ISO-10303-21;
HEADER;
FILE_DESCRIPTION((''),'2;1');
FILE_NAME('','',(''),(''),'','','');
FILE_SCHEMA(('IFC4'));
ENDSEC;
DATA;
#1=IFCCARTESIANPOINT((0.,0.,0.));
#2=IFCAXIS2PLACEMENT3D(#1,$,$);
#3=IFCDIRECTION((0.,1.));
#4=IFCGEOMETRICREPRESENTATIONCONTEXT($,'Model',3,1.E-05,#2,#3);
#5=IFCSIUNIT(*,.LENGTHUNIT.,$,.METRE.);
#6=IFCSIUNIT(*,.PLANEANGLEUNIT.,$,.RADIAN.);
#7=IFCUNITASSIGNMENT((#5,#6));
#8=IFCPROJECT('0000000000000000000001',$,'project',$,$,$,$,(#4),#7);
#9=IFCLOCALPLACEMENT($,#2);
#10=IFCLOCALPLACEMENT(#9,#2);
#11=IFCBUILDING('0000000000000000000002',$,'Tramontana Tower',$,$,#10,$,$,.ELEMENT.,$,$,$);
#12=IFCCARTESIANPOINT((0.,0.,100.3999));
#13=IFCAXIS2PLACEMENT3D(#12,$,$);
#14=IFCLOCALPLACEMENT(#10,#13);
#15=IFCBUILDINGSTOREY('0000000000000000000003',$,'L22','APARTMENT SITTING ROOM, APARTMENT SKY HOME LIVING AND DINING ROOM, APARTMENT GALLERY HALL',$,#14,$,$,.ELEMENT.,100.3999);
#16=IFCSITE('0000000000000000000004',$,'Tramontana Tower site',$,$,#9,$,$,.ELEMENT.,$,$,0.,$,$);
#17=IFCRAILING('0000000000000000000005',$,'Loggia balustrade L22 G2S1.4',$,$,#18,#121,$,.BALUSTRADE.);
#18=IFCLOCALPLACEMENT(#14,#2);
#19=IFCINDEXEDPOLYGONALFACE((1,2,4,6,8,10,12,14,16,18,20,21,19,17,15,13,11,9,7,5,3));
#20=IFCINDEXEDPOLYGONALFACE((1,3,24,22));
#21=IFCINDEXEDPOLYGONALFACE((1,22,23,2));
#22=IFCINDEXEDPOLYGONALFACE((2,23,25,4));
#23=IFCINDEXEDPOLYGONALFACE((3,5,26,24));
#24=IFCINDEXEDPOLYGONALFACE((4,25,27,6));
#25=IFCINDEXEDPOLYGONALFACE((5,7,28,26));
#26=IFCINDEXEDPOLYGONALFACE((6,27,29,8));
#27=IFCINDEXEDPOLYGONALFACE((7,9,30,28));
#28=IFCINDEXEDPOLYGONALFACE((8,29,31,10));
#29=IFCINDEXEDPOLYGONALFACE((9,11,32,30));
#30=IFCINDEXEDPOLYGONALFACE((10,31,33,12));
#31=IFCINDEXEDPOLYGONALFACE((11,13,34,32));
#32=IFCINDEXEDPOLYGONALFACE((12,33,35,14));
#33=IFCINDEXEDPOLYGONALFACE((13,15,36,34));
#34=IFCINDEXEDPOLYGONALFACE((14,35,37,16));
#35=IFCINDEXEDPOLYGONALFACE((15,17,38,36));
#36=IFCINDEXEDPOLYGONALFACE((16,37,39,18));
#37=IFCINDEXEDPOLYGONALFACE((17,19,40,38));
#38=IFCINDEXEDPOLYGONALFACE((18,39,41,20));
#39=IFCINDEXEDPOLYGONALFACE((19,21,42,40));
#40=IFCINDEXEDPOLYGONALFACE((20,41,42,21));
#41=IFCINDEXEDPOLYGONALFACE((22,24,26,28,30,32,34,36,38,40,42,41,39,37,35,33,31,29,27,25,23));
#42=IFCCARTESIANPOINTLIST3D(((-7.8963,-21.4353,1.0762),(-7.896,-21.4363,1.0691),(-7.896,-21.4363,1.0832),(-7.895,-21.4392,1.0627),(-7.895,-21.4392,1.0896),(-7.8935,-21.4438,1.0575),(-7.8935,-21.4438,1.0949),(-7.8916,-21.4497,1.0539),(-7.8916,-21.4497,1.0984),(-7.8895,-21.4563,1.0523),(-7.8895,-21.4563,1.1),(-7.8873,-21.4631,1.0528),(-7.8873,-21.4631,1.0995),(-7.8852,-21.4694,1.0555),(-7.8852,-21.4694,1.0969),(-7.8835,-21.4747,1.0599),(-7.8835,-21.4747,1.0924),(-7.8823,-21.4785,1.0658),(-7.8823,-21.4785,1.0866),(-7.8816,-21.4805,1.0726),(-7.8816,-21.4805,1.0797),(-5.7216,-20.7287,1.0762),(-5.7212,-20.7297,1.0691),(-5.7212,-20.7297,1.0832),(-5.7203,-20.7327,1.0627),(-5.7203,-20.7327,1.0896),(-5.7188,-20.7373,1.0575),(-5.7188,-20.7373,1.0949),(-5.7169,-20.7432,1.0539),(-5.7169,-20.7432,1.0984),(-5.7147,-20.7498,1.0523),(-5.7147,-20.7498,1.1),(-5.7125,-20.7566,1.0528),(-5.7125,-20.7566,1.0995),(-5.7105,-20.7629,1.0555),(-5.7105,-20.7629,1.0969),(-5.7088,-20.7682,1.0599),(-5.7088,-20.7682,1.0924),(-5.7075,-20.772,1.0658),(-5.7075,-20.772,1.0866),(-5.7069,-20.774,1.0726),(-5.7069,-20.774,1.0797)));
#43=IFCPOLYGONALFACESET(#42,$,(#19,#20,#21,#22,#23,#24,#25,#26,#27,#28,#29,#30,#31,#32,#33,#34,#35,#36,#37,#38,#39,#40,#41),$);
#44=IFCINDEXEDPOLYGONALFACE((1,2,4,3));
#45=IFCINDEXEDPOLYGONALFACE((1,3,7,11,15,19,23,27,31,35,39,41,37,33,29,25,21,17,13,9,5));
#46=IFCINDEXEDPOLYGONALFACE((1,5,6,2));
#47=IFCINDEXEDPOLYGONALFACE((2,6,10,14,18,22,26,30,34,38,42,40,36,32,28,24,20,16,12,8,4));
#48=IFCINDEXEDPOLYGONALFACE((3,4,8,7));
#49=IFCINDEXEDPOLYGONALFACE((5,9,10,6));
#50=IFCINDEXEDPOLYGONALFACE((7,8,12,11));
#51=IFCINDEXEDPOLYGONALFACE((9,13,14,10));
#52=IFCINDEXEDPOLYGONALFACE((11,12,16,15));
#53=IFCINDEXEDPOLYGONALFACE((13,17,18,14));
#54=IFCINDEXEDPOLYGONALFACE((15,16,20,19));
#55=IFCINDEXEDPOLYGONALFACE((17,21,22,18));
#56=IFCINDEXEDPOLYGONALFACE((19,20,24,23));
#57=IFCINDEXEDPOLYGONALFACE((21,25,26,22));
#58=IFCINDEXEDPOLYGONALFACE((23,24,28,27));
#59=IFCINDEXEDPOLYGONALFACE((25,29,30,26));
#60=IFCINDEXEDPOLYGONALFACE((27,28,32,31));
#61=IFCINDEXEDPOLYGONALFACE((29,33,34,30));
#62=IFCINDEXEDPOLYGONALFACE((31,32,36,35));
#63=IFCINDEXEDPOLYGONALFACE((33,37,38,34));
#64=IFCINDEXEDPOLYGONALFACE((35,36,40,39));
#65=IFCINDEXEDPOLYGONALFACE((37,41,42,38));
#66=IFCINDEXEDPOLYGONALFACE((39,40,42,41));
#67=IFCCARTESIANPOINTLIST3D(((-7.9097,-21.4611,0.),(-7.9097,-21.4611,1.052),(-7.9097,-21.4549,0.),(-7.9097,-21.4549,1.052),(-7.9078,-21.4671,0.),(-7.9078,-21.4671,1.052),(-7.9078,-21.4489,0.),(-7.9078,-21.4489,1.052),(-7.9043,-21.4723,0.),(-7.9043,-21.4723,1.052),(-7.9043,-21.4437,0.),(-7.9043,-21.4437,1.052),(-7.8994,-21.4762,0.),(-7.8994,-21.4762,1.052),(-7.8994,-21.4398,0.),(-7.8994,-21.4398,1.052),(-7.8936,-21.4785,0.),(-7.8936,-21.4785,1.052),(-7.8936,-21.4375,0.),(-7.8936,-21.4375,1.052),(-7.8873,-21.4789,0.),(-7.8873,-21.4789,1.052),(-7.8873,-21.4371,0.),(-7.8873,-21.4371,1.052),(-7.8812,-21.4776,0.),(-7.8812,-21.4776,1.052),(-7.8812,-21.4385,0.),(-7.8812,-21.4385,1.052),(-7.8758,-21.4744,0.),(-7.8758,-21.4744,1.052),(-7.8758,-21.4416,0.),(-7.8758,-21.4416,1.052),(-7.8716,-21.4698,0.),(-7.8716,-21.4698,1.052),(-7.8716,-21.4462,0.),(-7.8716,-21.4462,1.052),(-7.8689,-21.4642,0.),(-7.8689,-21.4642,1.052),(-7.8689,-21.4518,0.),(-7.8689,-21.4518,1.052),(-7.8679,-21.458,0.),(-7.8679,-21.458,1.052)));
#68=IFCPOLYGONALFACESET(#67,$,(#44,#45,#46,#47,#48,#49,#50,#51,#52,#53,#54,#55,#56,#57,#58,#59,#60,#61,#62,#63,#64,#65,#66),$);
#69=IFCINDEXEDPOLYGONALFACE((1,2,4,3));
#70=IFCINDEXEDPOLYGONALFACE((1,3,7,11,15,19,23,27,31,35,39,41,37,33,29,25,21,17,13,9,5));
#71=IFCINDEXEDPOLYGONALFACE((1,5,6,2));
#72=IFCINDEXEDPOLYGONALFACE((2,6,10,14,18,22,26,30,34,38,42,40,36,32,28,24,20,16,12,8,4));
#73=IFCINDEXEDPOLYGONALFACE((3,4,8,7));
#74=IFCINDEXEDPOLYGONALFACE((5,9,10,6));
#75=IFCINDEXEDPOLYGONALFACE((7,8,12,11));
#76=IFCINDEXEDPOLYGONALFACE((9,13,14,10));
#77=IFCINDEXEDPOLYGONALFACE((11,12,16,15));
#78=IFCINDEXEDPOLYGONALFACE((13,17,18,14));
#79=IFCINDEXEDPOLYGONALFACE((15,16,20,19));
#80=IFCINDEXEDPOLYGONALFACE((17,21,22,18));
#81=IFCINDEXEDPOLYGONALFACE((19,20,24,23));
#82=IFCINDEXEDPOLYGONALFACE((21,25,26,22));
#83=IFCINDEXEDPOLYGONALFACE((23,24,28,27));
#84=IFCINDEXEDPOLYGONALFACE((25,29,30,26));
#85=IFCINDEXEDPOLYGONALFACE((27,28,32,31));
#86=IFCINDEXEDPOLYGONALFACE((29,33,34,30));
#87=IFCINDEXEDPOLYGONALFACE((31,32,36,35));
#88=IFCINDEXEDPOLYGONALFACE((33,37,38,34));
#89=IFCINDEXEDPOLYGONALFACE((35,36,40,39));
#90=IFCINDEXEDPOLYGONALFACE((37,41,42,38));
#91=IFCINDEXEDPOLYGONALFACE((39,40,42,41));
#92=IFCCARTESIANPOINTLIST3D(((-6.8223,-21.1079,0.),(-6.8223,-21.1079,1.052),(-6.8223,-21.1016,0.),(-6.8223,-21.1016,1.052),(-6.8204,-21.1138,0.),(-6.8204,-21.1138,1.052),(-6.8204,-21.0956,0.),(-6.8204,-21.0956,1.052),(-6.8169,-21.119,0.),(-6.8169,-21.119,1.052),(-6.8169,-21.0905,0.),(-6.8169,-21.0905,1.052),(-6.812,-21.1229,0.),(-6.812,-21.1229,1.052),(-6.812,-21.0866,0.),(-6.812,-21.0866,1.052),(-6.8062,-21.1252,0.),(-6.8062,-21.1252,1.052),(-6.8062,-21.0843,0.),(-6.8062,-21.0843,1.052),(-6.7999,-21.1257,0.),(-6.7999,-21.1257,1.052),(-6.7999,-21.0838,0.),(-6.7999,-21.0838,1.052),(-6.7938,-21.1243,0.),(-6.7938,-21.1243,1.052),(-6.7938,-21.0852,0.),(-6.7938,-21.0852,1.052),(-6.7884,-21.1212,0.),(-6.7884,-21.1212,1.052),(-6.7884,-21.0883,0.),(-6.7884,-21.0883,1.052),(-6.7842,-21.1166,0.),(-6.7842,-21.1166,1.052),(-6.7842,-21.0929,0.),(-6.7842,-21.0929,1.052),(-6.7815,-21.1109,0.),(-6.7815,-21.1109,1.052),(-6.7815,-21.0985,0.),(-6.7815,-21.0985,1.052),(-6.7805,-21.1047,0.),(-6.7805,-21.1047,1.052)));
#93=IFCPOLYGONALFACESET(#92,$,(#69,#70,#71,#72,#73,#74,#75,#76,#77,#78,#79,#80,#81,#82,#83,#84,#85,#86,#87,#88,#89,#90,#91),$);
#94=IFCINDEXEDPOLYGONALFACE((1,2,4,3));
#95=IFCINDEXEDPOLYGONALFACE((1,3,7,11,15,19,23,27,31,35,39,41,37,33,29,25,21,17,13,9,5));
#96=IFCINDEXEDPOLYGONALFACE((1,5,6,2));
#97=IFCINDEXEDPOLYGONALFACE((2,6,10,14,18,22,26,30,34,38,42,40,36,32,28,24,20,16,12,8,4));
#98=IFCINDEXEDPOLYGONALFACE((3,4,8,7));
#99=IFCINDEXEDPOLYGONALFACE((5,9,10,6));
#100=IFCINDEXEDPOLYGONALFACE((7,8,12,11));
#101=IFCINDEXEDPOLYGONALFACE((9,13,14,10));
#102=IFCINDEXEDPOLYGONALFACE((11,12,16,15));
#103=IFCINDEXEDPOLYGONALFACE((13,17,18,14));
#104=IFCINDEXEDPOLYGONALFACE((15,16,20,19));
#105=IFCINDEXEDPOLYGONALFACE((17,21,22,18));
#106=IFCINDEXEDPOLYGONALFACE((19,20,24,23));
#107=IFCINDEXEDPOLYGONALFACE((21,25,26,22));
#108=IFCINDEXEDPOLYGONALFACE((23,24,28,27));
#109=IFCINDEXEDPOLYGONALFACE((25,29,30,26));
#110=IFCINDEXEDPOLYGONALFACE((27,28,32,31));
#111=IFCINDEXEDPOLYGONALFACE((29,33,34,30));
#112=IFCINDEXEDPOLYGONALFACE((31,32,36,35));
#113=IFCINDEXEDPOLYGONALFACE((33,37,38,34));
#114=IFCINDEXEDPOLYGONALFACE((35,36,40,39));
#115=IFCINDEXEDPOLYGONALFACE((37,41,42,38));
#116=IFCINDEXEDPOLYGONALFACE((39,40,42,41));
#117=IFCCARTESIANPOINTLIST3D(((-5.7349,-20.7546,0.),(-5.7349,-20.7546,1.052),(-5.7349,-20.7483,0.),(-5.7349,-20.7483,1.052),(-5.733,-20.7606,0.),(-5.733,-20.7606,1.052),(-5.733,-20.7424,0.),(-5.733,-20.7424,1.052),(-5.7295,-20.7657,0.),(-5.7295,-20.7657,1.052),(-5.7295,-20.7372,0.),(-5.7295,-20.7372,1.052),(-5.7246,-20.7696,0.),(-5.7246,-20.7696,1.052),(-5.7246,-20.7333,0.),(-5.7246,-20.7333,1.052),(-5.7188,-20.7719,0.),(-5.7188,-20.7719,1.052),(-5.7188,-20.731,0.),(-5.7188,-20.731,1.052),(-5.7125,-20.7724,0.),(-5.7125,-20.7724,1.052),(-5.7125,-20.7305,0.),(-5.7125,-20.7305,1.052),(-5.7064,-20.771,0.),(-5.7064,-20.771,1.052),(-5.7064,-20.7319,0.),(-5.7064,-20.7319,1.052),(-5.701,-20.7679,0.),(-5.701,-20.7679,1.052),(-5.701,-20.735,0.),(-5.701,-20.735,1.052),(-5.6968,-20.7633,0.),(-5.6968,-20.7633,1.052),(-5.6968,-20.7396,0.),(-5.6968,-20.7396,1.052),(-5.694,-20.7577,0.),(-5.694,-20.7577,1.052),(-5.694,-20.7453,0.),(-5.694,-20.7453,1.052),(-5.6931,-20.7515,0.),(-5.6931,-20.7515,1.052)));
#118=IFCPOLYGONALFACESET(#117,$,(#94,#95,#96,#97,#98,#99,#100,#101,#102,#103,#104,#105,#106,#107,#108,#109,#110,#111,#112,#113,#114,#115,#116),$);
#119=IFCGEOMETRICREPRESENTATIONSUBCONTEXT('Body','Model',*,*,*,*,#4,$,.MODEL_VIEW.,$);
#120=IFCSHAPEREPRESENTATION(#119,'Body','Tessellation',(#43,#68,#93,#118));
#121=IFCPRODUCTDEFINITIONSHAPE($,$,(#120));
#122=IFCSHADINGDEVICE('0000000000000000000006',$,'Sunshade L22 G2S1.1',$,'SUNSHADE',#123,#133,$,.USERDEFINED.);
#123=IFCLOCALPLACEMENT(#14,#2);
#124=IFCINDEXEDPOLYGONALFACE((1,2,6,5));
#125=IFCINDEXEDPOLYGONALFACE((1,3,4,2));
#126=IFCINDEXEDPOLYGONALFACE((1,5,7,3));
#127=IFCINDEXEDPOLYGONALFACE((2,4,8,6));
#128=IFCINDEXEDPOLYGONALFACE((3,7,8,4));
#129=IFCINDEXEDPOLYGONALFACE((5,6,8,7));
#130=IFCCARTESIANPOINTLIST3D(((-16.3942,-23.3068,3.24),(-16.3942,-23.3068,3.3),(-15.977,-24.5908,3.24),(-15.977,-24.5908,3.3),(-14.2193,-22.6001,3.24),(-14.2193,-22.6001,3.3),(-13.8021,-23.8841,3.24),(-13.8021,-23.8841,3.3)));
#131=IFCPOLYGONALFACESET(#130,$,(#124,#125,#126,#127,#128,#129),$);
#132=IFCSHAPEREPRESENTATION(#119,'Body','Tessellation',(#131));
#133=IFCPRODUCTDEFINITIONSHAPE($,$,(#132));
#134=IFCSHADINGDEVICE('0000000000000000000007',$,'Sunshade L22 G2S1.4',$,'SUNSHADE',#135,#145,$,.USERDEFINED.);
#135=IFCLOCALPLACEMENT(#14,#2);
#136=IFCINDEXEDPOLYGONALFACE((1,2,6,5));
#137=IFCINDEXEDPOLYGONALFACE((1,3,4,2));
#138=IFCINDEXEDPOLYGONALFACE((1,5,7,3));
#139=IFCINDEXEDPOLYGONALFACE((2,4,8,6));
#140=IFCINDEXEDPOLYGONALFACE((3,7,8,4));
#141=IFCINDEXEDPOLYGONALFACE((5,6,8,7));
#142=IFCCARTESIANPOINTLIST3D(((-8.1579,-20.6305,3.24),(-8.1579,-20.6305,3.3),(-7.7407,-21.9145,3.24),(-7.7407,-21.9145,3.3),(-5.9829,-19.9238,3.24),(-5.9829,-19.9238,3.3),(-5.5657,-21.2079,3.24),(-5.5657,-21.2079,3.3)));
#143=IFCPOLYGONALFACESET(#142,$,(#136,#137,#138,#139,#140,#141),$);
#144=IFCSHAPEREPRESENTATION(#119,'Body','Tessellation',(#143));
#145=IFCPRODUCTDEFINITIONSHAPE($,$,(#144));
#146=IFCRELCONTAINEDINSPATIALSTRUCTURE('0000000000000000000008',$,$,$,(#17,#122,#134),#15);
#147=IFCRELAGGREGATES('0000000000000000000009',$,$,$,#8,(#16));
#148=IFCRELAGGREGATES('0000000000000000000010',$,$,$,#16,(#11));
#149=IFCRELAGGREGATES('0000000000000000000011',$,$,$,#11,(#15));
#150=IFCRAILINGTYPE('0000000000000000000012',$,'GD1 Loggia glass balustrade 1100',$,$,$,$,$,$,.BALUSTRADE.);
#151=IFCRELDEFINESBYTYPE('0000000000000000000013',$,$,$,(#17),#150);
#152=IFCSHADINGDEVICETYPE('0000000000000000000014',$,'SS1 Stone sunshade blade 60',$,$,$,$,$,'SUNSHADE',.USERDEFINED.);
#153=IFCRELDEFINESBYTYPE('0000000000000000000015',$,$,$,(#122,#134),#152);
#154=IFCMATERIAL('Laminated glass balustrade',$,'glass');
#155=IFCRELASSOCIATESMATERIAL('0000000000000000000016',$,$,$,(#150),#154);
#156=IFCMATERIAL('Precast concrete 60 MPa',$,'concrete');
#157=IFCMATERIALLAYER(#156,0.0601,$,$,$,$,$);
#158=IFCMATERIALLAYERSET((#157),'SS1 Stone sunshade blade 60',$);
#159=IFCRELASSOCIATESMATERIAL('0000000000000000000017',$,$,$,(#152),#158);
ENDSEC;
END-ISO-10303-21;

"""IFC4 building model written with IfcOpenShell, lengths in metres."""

from ifc_helpers import new_model, si_unit, direction, frame, origin, origin_2d, place, context, subcontext, project, spatial, rectangle, circle, extrude, material, layer, layer_set, type_object, element, save


model = new_model("IFC4")

# Units and contexts
model_context = context("Model", 3, precision=1e-05, world=origin(), true_north=direction((0.0, 1.0)))
body_context = subcontext(model_context, "Body", "Model", "MODEL_VIEW")
ifc_project = project(units=[si_unit("LENGTHUNIT", "METRE"), si_unit("PLANEANGLEUNIT", "RADIAN")], contexts=[model_context])

# Site, building, storey
site_placement = place(None, origin())
site = spatial("IfcSite", under=ifc_project, at=site_placement, Name="Tramontana Tower site", CompositionType="ELEMENT", RefElevation=0.0)
building_placement = place(site_placement, origin())
building = spatial("IfcBuilding", under=site, at=building_placement, Name="Tramontana Tower", CompositionType="ELEMENT")
storey_placement = place(building_placement, frame((0.0, 0.0, 100.3999)))
storey = spatial("IfcBuildingStorey", under=building, at=storey_placement, Name="L22", Description="APARTMENT SITTING ROOM, APARTMENT SKY HOME LIVING AND DINING ROOM, APARTMENT GALLERY HALL", CompositionType="ELEMENT", Elevation=100.3999)

# Railing
ifc_material_1 = material(Name="Laminated glass balustrade", Category="glass")
railing_type = type_object("IfcRailingType", Name="GD1 Loggia glass balustrade 1100", PredefinedType="BALUSTRADE", material=ifc_material_1)
railing_1_placement = place(storey_placement, frame((-7.8889, -21.458, 0.0)))
element("IfcRailing", 1, at=railing_1_placement, inside=storey, type_object=railing_type, Name="Loggia balustrade L22 G2S1.4", PredefinedType="BALUSTRADE", context=body_context, shape_type="SweptSolid", body=[
    extrude(circle(Radius=0.0239, at=origin_2d()), frame((0.0, 0.0, 1.0762), z_axis=(0.951069, 0.30898, 0.0), x_axis=(-0.30898, 0.951069, 0.0)), (0.0, 0.0, 1.0), 2.2866),
    extrude(circle(Radius=0.021, at=origin_2d()), origin(), (0.0, 0.0, 1.0), 1.052),
    extrude(circle(Radius=0.021, at=origin_2d()), frame((1.0874, 0.3533, 0.0)), (0.0, 0.0, 1.0), 1.052),
    extrude(circle(Radius=0.021, at=origin_2d()), frame((2.1748, 0.7065, 0.0)), (0.0, 0.0, 1.0), 1.052),
])

# Shading devices
ifc_material_2 = material(Name="Precast concrete 60 MPa", Category="concrete")
ifc_layer_1 = layer(ifc_material_2, 0.0601)
ifc_layer_set_1 = layer_set([ifc_layer_1], Name="SS1 Stone sunshade blade 60")
shading_device_type = type_object("IfcShadingDeviceType", Name="SS1 Stone sunshade blade 60", ElementType="SUNSHADE", PredefinedType="USERDEFINED", material=ifc_layer_set_1)
for number, where, z_axis, x_axis, name in (
    (2, (-15.0981, -23.5955, 3.24), (0.0, 0.0, 1.0), (0.951057, 0.309017, 0.0), "Sunshade L22 G2S1.1"),
    (3, (-6.8618, -20.9192, 3.24), (0.0, 0.0, 1.0), (0.951057, 0.309017, 0.0), "Sunshade L22 G2S1.4"),
):
    element("IfcShadingDevice", number, at=place(storey_placement, frame(where, z_axis=z_axis, x_axis=x_axis)), inside=storey, type_object=shading_device_type, Name=name, ObjectType="SUNSHADE", PredefinedType="USERDEFINED", context=body_context, shape_type="SweptSolid", body=[
        extrude(rectangle(XDim=2.2869, YDim=1.3501, at=origin_2d()), origin(), (0.0, 0.0, 1.0), 0.0601),
    ])

save(model, "model.ifc")
